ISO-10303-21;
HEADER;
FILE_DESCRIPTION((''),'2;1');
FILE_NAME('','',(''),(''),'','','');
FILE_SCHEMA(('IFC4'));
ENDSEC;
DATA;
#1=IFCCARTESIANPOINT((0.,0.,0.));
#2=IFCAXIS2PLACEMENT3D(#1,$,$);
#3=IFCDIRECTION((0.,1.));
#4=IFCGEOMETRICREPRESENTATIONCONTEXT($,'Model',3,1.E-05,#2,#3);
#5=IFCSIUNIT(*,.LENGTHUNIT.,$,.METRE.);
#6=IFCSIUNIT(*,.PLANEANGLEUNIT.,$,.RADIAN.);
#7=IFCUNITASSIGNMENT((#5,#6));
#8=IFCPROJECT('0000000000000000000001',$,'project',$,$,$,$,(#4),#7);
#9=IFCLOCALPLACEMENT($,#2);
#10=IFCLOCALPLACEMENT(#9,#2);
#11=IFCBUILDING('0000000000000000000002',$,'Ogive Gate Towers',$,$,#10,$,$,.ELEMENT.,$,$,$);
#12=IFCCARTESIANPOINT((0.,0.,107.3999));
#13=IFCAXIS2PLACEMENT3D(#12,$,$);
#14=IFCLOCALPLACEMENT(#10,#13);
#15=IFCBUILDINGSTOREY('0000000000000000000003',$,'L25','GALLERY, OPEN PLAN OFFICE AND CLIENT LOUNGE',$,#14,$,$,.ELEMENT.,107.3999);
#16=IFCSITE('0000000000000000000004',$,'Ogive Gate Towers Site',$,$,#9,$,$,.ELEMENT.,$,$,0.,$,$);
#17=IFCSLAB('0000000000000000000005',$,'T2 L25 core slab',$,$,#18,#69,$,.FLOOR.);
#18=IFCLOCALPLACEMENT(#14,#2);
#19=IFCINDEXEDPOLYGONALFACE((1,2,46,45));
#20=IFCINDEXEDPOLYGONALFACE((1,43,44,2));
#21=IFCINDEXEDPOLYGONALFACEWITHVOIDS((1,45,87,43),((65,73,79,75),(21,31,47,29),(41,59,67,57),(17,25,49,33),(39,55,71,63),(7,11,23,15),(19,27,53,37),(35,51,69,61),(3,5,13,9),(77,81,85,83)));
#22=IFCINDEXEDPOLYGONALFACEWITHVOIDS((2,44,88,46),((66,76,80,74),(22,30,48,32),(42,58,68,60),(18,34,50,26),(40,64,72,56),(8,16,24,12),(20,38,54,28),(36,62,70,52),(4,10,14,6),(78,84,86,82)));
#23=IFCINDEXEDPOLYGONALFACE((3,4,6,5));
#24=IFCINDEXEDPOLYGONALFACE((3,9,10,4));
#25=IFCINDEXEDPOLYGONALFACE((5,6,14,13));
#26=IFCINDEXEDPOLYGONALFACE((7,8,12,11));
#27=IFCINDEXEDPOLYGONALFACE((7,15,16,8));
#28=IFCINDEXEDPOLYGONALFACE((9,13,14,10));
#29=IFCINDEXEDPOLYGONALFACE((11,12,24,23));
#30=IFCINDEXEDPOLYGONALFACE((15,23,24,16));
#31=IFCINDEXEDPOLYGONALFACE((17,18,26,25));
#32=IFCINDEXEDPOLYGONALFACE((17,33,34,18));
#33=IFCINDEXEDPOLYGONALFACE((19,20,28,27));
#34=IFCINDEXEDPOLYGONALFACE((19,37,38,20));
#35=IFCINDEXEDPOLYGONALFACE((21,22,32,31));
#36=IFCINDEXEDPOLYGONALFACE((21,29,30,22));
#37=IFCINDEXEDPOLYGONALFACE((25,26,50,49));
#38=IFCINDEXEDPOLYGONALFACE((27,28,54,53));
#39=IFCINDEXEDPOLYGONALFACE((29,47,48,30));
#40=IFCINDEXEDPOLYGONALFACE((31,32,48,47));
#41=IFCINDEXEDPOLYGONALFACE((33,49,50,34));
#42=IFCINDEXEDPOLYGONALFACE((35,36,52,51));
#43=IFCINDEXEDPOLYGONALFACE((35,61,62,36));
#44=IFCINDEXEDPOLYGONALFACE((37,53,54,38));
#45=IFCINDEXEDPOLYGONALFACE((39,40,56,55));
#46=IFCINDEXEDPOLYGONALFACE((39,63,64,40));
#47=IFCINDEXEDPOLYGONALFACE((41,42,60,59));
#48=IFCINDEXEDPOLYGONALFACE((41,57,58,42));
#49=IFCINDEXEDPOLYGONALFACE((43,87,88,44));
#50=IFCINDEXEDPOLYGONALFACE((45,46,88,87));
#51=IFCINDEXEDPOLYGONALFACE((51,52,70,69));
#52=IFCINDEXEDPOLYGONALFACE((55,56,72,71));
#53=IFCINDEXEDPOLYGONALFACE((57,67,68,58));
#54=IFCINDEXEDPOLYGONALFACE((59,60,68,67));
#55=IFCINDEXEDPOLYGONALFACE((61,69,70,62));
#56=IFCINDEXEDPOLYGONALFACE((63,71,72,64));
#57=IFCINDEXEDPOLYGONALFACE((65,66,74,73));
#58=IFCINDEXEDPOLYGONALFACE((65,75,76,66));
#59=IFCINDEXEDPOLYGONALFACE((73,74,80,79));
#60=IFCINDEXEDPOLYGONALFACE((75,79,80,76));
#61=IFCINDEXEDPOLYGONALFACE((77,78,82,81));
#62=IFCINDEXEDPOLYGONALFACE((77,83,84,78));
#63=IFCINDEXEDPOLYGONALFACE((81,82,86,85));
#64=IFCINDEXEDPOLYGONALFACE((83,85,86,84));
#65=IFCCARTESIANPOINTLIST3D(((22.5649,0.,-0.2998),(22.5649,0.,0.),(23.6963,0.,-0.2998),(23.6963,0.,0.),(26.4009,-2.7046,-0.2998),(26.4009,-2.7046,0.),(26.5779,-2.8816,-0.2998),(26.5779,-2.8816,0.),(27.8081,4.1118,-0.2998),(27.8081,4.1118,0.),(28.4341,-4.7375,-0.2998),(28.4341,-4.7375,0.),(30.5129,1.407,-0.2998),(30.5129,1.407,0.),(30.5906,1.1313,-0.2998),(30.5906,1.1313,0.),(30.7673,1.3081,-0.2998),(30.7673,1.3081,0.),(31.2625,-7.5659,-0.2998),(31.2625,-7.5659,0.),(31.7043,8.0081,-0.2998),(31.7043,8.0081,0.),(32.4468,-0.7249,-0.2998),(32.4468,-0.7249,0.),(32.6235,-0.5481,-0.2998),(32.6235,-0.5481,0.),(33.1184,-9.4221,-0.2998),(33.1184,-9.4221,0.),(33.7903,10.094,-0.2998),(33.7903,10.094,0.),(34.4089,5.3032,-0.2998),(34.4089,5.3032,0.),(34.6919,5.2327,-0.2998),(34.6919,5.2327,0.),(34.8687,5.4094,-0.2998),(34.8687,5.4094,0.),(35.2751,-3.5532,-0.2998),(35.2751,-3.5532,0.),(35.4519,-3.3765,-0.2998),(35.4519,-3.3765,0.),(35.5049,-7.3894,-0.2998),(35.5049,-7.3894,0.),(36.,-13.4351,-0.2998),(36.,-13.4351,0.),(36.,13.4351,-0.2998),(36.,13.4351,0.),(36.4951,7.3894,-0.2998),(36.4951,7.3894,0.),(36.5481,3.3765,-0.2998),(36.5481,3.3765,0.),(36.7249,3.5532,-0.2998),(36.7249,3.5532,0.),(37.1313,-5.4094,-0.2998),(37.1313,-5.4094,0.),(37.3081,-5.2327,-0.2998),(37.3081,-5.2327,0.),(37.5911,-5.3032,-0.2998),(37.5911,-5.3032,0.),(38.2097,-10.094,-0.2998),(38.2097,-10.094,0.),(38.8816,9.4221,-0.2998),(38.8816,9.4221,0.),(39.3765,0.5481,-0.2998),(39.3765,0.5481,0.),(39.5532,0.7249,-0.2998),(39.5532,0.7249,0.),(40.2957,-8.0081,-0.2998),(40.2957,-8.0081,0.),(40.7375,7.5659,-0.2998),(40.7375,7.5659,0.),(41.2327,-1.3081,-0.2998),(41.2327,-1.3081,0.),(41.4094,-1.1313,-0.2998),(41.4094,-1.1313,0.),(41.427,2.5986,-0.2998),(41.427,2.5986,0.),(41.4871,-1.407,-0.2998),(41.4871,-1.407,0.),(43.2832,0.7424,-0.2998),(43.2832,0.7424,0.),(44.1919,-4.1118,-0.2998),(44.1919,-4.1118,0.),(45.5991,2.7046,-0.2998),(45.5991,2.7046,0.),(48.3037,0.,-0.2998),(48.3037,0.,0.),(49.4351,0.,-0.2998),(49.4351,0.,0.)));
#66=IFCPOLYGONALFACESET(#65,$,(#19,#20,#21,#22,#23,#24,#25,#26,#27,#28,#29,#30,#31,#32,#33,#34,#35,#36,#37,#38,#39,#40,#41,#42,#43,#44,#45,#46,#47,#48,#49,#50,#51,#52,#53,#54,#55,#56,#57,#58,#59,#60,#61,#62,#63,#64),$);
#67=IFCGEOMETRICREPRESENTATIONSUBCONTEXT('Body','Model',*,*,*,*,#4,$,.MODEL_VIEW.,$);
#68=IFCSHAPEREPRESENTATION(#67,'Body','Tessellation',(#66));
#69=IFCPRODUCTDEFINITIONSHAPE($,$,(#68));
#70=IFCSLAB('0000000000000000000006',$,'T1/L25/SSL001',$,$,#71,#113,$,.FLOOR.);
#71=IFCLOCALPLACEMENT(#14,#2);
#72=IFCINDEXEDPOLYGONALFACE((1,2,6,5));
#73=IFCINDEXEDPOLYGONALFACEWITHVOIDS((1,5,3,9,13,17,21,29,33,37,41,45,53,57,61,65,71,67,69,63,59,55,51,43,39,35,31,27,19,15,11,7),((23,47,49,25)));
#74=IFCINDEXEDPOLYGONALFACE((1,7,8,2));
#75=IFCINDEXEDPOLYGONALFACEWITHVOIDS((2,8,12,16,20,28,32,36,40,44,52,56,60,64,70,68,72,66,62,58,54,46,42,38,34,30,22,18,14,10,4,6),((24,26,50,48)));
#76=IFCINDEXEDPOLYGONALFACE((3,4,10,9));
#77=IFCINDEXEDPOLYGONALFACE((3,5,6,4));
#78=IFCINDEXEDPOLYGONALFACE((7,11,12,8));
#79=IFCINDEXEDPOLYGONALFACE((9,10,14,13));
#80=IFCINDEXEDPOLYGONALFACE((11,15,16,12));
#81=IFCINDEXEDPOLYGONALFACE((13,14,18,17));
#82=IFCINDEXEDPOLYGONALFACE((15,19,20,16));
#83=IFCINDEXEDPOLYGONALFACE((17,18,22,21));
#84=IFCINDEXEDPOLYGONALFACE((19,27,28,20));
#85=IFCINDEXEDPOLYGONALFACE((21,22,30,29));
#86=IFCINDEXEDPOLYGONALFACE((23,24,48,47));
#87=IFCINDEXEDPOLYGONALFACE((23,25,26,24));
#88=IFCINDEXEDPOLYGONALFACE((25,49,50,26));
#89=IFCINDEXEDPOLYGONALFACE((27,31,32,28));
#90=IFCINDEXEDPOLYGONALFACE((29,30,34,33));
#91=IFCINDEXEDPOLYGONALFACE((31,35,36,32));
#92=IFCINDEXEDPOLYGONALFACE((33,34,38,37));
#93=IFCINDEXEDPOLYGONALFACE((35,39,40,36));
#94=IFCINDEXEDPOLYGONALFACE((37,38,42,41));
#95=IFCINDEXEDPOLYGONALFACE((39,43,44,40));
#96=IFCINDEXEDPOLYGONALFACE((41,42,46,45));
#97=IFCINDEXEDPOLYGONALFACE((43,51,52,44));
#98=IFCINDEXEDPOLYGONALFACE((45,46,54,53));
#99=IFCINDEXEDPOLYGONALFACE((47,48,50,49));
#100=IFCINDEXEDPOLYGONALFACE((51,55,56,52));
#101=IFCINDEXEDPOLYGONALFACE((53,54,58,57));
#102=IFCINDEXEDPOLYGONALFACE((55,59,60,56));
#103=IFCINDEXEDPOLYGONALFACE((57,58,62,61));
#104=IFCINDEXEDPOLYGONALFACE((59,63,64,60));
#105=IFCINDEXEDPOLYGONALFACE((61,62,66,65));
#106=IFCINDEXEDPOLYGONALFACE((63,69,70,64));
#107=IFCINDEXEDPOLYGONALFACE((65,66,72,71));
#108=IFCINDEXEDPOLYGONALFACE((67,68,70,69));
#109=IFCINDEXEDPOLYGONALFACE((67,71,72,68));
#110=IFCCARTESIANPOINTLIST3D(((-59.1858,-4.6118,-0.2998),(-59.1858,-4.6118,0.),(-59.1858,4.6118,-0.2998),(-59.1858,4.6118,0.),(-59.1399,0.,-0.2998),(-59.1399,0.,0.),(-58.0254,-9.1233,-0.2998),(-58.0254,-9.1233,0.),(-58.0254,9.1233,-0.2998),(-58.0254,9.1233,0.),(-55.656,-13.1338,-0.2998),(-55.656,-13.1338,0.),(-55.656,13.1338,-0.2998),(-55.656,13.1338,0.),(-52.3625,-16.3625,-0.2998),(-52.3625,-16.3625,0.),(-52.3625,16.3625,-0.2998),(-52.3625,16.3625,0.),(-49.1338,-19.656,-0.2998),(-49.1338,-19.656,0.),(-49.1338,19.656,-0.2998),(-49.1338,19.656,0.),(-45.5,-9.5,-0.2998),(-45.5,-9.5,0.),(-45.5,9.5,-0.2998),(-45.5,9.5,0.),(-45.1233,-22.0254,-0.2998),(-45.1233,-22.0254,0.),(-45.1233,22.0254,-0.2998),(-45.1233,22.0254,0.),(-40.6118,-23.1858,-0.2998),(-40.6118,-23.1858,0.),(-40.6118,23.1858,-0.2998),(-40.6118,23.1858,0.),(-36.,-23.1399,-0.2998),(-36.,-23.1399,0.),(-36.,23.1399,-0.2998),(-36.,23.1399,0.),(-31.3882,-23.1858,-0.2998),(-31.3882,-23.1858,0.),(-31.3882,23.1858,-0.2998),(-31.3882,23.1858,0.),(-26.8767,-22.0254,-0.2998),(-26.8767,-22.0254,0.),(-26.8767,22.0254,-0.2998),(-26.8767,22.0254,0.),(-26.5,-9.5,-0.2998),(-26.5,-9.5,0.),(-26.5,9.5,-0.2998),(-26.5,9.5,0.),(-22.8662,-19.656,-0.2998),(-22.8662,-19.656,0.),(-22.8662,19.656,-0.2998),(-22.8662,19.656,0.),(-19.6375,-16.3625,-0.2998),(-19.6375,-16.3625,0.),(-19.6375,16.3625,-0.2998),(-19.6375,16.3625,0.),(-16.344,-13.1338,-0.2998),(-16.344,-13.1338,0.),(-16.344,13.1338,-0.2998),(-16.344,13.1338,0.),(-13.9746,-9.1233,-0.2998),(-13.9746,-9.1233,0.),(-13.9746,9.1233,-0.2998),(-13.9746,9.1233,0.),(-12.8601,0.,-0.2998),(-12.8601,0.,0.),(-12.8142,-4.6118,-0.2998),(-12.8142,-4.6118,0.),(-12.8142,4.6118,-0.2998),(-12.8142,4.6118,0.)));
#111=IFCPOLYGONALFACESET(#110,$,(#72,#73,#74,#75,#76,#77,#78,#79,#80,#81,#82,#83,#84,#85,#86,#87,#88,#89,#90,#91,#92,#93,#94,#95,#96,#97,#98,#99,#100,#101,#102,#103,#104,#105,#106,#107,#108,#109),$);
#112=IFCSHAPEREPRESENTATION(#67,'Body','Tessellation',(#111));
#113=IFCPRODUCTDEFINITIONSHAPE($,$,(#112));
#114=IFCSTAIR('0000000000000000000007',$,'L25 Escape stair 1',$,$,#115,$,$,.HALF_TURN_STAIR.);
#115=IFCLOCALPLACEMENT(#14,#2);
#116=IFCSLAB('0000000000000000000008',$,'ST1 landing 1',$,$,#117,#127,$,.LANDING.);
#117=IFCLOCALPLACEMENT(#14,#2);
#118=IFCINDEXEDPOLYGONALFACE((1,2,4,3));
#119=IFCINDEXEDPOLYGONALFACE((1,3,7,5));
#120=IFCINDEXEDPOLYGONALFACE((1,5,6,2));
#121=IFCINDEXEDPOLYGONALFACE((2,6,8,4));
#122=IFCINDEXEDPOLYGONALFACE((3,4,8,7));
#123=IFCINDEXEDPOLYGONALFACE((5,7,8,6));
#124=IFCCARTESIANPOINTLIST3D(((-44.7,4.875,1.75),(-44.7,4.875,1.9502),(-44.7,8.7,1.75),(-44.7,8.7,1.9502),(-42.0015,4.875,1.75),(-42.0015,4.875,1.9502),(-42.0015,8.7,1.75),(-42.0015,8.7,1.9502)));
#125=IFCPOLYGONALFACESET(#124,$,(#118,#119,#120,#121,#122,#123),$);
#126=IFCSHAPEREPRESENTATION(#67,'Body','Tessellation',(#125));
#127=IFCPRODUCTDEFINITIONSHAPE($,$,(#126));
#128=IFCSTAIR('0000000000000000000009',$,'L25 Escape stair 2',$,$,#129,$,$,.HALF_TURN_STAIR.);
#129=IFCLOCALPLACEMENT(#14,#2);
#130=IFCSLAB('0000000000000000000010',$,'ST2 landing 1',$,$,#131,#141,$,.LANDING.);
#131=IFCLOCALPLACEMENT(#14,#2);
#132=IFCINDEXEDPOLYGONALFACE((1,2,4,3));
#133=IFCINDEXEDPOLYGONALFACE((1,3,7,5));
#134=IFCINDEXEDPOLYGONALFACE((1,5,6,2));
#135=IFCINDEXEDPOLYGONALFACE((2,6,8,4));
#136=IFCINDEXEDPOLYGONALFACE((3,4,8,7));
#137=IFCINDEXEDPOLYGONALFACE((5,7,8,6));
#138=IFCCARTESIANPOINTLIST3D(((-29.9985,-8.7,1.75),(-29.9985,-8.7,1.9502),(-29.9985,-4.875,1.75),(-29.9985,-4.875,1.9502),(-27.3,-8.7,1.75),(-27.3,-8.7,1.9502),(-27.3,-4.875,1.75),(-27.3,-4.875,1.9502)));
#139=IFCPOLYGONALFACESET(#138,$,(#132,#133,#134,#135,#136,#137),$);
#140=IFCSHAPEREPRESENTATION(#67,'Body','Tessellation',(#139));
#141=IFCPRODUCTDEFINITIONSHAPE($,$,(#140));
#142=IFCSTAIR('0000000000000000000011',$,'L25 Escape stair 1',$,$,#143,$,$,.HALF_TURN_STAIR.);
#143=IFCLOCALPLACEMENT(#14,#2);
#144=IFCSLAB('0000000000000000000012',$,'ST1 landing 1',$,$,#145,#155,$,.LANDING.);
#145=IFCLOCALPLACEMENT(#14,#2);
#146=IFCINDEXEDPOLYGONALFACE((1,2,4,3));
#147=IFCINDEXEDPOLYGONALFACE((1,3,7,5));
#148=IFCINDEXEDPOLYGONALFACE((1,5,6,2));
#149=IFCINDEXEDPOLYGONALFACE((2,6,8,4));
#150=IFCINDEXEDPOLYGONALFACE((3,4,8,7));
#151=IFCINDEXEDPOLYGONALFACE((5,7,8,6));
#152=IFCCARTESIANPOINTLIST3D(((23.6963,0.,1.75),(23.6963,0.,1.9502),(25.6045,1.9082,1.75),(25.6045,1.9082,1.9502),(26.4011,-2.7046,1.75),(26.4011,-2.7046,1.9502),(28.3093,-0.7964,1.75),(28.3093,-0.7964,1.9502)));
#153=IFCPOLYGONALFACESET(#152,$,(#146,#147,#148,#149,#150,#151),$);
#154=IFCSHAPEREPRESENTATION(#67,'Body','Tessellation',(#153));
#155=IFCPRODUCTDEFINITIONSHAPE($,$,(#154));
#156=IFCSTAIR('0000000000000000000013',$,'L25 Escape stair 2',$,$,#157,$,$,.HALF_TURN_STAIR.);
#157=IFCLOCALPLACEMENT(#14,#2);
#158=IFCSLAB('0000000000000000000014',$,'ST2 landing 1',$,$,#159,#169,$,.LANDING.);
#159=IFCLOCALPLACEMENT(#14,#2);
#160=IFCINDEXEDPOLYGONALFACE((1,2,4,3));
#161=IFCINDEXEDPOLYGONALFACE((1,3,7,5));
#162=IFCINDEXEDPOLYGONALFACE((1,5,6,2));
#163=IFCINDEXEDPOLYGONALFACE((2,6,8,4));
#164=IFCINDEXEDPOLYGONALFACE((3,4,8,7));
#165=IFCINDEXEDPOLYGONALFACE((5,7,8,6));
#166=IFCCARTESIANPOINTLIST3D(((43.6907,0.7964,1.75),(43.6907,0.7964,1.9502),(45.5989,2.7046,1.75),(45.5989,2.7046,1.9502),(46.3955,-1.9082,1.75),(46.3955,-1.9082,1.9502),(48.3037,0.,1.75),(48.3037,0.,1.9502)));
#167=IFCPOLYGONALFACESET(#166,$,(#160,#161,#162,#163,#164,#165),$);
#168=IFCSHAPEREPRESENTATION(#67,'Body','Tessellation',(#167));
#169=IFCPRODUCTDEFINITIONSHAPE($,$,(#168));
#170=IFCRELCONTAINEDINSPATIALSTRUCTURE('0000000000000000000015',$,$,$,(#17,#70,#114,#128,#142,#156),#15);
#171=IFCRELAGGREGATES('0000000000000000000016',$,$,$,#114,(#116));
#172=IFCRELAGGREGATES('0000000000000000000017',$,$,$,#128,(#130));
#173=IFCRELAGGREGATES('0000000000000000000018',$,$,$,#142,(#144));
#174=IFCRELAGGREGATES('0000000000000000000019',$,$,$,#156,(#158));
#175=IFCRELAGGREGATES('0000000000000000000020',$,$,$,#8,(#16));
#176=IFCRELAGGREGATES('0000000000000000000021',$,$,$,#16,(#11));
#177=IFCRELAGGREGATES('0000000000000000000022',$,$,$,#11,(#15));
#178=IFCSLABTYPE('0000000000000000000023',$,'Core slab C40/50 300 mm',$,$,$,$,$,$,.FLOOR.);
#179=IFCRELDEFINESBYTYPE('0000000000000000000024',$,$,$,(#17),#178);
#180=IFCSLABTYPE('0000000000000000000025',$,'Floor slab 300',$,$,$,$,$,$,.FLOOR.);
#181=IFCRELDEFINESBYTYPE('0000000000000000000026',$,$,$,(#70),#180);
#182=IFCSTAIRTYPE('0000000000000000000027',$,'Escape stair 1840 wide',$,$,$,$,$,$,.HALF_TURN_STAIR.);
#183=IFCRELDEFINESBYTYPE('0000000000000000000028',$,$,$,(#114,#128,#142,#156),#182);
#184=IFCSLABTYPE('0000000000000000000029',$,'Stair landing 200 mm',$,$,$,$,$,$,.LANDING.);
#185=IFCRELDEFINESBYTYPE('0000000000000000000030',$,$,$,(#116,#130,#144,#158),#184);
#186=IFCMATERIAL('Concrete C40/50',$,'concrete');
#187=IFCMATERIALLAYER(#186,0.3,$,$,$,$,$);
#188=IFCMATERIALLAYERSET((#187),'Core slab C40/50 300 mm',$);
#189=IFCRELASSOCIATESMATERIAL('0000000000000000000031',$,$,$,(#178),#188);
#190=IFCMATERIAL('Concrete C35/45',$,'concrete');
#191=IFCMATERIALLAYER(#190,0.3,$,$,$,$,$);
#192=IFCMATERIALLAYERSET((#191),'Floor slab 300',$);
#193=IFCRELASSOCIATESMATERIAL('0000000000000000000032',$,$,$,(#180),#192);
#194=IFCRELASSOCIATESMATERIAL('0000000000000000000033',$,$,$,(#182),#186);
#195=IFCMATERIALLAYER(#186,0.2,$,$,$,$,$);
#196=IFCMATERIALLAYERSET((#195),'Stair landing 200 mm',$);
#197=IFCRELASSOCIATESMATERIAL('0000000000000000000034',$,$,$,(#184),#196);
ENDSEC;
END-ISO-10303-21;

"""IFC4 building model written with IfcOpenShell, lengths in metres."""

from ifc_helpers import new_model, si_unit, direction, frame, origin, place, context, subcontext, project, spatial, polyline, outline, extrude, material, layer, layer_set, type_object, element, aggregate, save


model = new_model("IFC4")

# Units and contexts
model_context = context("Model", 3, precision=1e-05, world=origin(), true_north=direction((0.0, 1.0)))
body_context = subcontext(model_context, "Body", "Model", "MODEL_VIEW")
ifc_project = project(units=[si_unit("LENGTHUNIT", "METRE"), si_unit("PLANEANGLEUNIT", "RADIAN")], contexts=[model_context])

# Site, building, storey
site_placement = place(None, origin())
site = spatial("IfcSite", under=ifc_project, at=site_placement, Name="Ogive Gate Towers Site", CompositionType="ELEMENT", RefElevation=0.0)
building_placement = place(site_placement, origin())
building = spatial("IfcBuilding", under=site, at=building_placement, Name="Ogive Gate Towers", CompositionType="ELEMENT")
storey_placement = place(building_placement, frame((0.0, 0.0, 107.3999)))
storey = spatial("IfcBuildingStorey", under=building, at=storey_placement, Name="L25", Description="GALLERY, OPEN PLAN OFFICE AND CLIENT LOUNGE", CompositionType="ELEMENT", Elevation=107.3999)

# Slabs
ifc_material_1 = material(Name="Concrete C40/50", Category="concrete")
ifc_layer_1 = layer(ifc_material_1, 0.3)
ifc_layer_set_1 = layer_set([ifc_layer_1], Name="Core slab C40/50 300 mm")
slab_type_1 = type_object("IfcSlabType", Name="Core slab C40/50 300 mm", PredefinedType="FLOOR", material=ifc_layer_set_1)
slab_1_placement = place(storey_placement, frame((0.0, 0.0, -0.2998)))
element("IfcSlab", 1, at=slab_1_placement, inside=storey, type_object=slab_type_1, Name="T2 L25 core slab", PredefinedType="FLOOR", context=body_context, shape_type="SweptSolid", body=[
    extrude(outline(polyline([(36.0, 13.4351), (49.4351, 0.0), (36.0, -13.4351), (22.5649, 0.0), (36.0, 13.4351)]), holes=[polyline([(30.5906, 1.1313), (26.5779, -2.8816), (28.4341, -4.7375), (32.4468, -0.7249), (30.5906, 1.1313)]), polyline([(36.5481, 3.3765), (34.6919, 5.2327), (30.7673, 1.3081), (32.6235, -0.5481), (36.5481, 3.3765)]), polyline([(36.7249, 3.5532), (40.7375, 7.5659), (38.8816, 9.4221), (34.8687, 5.4094), (36.7249, 3.5532)]), polyline([(31.2625, -7.5659), (33.1184, -9.4221), (37.1313, -5.4094), (35.2751, -3.5532), (31.2625, -7.5659)]), polyline([(39.3765, 0.5481), (35.4519, -3.3765), (37.3081, -5.2327), (41.2327, -1.3081), (39.3765, 0.5481)]), polyline([(43.2832, 0.7424), (41.427, 2.5986), (39.5532, 0.7249), (41.4094, -1.1313), (43.2832, 0.7424)]), polyline([(34.4089, 5.3032), (36.4951, 7.3894), (33.7903, 10.094), (31.7043, 8.0081), (34.4089, 5.3032)]), polyline([(35.5049, -7.3894), (38.2097, -10.094), (40.2957, -8.0081), (37.5911, -5.3032), (35.5049, -7.3894)]), polyline([(26.4009, -2.7046), (30.5129, 1.407), (27.8081, 4.1118), (23.6963, 0.0), (26.4009, -2.7046)]), polyline([(48.3037, 0.0), (45.5991, 2.7046), (41.4871, -1.407), (44.1919, -4.1118), (48.3037, 0.0)])]), origin(), (0.0, 0.0, 1.0), 0.2998),
])
ifc_material_2 = material(Name="Concrete C35/45", Category="concrete")
ifc_layer_2 = layer(ifc_material_2, 0.3)
ifc_layer_set_2 = layer_set([ifc_layer_2], Name="Floor slab 300")
slab_type_2 = type_object("IfcSlabType", Name="Floor slab 300", PredefinedType="FLOOR", material=ifc_layer_set_2)
slab_2_placement = place(storey_placement, frame((0.0, 0.0, -0.2998)))
element("IfcSlab", 2, at=slab_2_placement, inside=storey, type_object=slab_type_2, Name="T1/L25/SSL001", PredefinedType="FLOOR", context=body_context, shape_type="SweptSolid", body=[
    extrude(outline(polyline([(-12.8142, -4.6118), (-12.8601, 0.0), (-12.8142, 4.6118), (-13.9746, 9.1233), (-16.344, 13.1338), (-19.6375, 16.3625), (-22.8662, 19.656), (-26.8767, 22.0254), (-31.3882, 23.1858), (-36.0, 23.1399), (-40.6118, 23.1858), (-45.1233, 22.0254), (-49.1338, 19.656), (-52.3625, 16.3625), (-55.656, 13.1338), (-58.0254, 9.1233), (-59.1858, 4.6118), (-59.1399, 0.0), (-59.1858, -4.6118), (-58.0254, -9.1233), (-55.656, -13.1338), (-52.3625, -16.3625), (-49.1338, -19.656), (-45.1233, -22.0254), (-40.6118, -23.1858), (-36.0, -23.1399), (-31.3882, -23.1858), (-26.8767, -22.0254), (-22.8662, -19.656), (-19.6375, -16.3625), (-16.344, -13.1338), (-13.9746, -9.1233), (-12.8142, -4.6118)]), holes=[polyline([(-26.5, -9.5), (-45.5, -9.5), (-45.5, 9.5), (-26.5, 9.5), (-26.5, -9.5)])]), origin(), (0.0, 0.0, 1.0), 0.2998),
])

# Stairs, slabs
stair_type = type_object("IfcStairType", Name="Escape stair 1840 wide", PredefinedType="HALF_TURN_STAIR", material=ifc_material_1)
stair_1_placement = place(storey_placement, origin())
stair_1 = element("IfcStair", 3, at=stair_1_placement, inside=storey, type_object=stair_type, Name="L25 Escape stair 1", PredefinedType="HALF_TURN_STAIR")
ifc_layer_3 = layer(ifc_material_1, 0.2)
ifc_layer_set_3 = layer_set([ifc_layer_3], Name="Stair landing 200 mm")
slab_type_3 = type_object("IfcSlabType", Name="Stair landing 200 mm", PredefinedType="LANDING", material=ifc_layer_set_3)
slab_3_placement = place(storey_placement, frame((0.0, 0.0, 1.75)))
slab_3 = element("IfcSlab", 4, at=slab_3_placement, type_object=slab_type_3, Name="ST1 landing 1", PredefinedType="LANDING", context=body_context, shape_type="SweptSolid", body=[
    extrude(outline(polyline([(-42.0015, 8.7), (-44.7, 8.7), (-44.7, 4.875), (-42.0015, 4.875), (-42.0015, 8.7)])), origin(), (0.0, 0.0, 1.0), 0.2002),
])
aggregate(stair_1, [slab_3])
stair_2_placement = place(storey_placement, origin())
stair_2 = element("IfcStair", 5, at=stair_2_placement, inside=storey, type_object=stair_type, Name="L25 Escape stair 2", PredefinedType="HALF_TURN_STAIR")
slab_4_placement = place(storey_placement, frame((0.0, 0.0, 1.75)))
slab_4 = element("IfcSlab", 6, at=slab_4_placement, type_object=slab_type_3, Name="ST2 landing 1", PredefinedType="LANDING", context=body_context, shape_type="SweptSolid", body=[
    extrude(outline(polyline([(-29.9985, -8.7), (-27.3, -8.7), (-27.3, -4.875), (-29.9985, -4.875), (-29.9985, -8.7)])), origin(), (0.0, 0.0, 1.0), 0.2002),
])
aggregate(stair_2, [slab_4])
stair_3_placement = place(storey_placement, origin())
stair_3 = element("IfcStair", 7, at=stair_3_placement, inside=storey, type_object=stair_type, Name="L25 Escape stair 1", PredefinedType="HALF_TURN_STAIR")
slab_5_placement = place(storey_placement, frame((0.0, 0.0, 1.75)))
slab_5 = element("IfcSlab", 8, at=slab_5_placement, type_object=slab_type_3, Name="ST1 landing 1", PredefinedType="LANDING", context=body_context, shape_type="SweptSolid", body=[
    extrude(outline(polyline([(25.6045, 1.9082), (23.6963, 0.0), (26.4011, -2.7046), (28.3093, -0.7964), (25.6045, 1.9082)])), origin(), (0.0, 0.0, 1.0), 0.2002),
])
aggregate(stair_3, [slab_5])
stair_4_placement = place(storey_placement, origin())
stair_4 = element("IfcStair", 9, at=stair_4_placement, inside=storey, type_object=stair_type, Name="L25 Escape stair 2", PredefinedType="HALF_TURN_STAIR")
slab_6_placement = place(storey_placement, frame((0.0, 0.0, 1.75)))
slab_6 = element("IfcSlab", 10, at=slab_6_placement, type_object=slab_type_3, Name="ST2 landing 1", PredefinedType="LANDING", context=body_context, shape_type="SweptSolid", body=[
    extrude(outline(polyline([(46.3955, -1.9082), (48.3037, 0.0), (45.5989, 2.7046), (43.6907, 0.7964), (46.3955, -1.9082)])), origin(), (0.0, 0.0, 1.0), 0.2002),
])
aggregate(stair_4, [slab_6])

save(model, "model.ifc")
